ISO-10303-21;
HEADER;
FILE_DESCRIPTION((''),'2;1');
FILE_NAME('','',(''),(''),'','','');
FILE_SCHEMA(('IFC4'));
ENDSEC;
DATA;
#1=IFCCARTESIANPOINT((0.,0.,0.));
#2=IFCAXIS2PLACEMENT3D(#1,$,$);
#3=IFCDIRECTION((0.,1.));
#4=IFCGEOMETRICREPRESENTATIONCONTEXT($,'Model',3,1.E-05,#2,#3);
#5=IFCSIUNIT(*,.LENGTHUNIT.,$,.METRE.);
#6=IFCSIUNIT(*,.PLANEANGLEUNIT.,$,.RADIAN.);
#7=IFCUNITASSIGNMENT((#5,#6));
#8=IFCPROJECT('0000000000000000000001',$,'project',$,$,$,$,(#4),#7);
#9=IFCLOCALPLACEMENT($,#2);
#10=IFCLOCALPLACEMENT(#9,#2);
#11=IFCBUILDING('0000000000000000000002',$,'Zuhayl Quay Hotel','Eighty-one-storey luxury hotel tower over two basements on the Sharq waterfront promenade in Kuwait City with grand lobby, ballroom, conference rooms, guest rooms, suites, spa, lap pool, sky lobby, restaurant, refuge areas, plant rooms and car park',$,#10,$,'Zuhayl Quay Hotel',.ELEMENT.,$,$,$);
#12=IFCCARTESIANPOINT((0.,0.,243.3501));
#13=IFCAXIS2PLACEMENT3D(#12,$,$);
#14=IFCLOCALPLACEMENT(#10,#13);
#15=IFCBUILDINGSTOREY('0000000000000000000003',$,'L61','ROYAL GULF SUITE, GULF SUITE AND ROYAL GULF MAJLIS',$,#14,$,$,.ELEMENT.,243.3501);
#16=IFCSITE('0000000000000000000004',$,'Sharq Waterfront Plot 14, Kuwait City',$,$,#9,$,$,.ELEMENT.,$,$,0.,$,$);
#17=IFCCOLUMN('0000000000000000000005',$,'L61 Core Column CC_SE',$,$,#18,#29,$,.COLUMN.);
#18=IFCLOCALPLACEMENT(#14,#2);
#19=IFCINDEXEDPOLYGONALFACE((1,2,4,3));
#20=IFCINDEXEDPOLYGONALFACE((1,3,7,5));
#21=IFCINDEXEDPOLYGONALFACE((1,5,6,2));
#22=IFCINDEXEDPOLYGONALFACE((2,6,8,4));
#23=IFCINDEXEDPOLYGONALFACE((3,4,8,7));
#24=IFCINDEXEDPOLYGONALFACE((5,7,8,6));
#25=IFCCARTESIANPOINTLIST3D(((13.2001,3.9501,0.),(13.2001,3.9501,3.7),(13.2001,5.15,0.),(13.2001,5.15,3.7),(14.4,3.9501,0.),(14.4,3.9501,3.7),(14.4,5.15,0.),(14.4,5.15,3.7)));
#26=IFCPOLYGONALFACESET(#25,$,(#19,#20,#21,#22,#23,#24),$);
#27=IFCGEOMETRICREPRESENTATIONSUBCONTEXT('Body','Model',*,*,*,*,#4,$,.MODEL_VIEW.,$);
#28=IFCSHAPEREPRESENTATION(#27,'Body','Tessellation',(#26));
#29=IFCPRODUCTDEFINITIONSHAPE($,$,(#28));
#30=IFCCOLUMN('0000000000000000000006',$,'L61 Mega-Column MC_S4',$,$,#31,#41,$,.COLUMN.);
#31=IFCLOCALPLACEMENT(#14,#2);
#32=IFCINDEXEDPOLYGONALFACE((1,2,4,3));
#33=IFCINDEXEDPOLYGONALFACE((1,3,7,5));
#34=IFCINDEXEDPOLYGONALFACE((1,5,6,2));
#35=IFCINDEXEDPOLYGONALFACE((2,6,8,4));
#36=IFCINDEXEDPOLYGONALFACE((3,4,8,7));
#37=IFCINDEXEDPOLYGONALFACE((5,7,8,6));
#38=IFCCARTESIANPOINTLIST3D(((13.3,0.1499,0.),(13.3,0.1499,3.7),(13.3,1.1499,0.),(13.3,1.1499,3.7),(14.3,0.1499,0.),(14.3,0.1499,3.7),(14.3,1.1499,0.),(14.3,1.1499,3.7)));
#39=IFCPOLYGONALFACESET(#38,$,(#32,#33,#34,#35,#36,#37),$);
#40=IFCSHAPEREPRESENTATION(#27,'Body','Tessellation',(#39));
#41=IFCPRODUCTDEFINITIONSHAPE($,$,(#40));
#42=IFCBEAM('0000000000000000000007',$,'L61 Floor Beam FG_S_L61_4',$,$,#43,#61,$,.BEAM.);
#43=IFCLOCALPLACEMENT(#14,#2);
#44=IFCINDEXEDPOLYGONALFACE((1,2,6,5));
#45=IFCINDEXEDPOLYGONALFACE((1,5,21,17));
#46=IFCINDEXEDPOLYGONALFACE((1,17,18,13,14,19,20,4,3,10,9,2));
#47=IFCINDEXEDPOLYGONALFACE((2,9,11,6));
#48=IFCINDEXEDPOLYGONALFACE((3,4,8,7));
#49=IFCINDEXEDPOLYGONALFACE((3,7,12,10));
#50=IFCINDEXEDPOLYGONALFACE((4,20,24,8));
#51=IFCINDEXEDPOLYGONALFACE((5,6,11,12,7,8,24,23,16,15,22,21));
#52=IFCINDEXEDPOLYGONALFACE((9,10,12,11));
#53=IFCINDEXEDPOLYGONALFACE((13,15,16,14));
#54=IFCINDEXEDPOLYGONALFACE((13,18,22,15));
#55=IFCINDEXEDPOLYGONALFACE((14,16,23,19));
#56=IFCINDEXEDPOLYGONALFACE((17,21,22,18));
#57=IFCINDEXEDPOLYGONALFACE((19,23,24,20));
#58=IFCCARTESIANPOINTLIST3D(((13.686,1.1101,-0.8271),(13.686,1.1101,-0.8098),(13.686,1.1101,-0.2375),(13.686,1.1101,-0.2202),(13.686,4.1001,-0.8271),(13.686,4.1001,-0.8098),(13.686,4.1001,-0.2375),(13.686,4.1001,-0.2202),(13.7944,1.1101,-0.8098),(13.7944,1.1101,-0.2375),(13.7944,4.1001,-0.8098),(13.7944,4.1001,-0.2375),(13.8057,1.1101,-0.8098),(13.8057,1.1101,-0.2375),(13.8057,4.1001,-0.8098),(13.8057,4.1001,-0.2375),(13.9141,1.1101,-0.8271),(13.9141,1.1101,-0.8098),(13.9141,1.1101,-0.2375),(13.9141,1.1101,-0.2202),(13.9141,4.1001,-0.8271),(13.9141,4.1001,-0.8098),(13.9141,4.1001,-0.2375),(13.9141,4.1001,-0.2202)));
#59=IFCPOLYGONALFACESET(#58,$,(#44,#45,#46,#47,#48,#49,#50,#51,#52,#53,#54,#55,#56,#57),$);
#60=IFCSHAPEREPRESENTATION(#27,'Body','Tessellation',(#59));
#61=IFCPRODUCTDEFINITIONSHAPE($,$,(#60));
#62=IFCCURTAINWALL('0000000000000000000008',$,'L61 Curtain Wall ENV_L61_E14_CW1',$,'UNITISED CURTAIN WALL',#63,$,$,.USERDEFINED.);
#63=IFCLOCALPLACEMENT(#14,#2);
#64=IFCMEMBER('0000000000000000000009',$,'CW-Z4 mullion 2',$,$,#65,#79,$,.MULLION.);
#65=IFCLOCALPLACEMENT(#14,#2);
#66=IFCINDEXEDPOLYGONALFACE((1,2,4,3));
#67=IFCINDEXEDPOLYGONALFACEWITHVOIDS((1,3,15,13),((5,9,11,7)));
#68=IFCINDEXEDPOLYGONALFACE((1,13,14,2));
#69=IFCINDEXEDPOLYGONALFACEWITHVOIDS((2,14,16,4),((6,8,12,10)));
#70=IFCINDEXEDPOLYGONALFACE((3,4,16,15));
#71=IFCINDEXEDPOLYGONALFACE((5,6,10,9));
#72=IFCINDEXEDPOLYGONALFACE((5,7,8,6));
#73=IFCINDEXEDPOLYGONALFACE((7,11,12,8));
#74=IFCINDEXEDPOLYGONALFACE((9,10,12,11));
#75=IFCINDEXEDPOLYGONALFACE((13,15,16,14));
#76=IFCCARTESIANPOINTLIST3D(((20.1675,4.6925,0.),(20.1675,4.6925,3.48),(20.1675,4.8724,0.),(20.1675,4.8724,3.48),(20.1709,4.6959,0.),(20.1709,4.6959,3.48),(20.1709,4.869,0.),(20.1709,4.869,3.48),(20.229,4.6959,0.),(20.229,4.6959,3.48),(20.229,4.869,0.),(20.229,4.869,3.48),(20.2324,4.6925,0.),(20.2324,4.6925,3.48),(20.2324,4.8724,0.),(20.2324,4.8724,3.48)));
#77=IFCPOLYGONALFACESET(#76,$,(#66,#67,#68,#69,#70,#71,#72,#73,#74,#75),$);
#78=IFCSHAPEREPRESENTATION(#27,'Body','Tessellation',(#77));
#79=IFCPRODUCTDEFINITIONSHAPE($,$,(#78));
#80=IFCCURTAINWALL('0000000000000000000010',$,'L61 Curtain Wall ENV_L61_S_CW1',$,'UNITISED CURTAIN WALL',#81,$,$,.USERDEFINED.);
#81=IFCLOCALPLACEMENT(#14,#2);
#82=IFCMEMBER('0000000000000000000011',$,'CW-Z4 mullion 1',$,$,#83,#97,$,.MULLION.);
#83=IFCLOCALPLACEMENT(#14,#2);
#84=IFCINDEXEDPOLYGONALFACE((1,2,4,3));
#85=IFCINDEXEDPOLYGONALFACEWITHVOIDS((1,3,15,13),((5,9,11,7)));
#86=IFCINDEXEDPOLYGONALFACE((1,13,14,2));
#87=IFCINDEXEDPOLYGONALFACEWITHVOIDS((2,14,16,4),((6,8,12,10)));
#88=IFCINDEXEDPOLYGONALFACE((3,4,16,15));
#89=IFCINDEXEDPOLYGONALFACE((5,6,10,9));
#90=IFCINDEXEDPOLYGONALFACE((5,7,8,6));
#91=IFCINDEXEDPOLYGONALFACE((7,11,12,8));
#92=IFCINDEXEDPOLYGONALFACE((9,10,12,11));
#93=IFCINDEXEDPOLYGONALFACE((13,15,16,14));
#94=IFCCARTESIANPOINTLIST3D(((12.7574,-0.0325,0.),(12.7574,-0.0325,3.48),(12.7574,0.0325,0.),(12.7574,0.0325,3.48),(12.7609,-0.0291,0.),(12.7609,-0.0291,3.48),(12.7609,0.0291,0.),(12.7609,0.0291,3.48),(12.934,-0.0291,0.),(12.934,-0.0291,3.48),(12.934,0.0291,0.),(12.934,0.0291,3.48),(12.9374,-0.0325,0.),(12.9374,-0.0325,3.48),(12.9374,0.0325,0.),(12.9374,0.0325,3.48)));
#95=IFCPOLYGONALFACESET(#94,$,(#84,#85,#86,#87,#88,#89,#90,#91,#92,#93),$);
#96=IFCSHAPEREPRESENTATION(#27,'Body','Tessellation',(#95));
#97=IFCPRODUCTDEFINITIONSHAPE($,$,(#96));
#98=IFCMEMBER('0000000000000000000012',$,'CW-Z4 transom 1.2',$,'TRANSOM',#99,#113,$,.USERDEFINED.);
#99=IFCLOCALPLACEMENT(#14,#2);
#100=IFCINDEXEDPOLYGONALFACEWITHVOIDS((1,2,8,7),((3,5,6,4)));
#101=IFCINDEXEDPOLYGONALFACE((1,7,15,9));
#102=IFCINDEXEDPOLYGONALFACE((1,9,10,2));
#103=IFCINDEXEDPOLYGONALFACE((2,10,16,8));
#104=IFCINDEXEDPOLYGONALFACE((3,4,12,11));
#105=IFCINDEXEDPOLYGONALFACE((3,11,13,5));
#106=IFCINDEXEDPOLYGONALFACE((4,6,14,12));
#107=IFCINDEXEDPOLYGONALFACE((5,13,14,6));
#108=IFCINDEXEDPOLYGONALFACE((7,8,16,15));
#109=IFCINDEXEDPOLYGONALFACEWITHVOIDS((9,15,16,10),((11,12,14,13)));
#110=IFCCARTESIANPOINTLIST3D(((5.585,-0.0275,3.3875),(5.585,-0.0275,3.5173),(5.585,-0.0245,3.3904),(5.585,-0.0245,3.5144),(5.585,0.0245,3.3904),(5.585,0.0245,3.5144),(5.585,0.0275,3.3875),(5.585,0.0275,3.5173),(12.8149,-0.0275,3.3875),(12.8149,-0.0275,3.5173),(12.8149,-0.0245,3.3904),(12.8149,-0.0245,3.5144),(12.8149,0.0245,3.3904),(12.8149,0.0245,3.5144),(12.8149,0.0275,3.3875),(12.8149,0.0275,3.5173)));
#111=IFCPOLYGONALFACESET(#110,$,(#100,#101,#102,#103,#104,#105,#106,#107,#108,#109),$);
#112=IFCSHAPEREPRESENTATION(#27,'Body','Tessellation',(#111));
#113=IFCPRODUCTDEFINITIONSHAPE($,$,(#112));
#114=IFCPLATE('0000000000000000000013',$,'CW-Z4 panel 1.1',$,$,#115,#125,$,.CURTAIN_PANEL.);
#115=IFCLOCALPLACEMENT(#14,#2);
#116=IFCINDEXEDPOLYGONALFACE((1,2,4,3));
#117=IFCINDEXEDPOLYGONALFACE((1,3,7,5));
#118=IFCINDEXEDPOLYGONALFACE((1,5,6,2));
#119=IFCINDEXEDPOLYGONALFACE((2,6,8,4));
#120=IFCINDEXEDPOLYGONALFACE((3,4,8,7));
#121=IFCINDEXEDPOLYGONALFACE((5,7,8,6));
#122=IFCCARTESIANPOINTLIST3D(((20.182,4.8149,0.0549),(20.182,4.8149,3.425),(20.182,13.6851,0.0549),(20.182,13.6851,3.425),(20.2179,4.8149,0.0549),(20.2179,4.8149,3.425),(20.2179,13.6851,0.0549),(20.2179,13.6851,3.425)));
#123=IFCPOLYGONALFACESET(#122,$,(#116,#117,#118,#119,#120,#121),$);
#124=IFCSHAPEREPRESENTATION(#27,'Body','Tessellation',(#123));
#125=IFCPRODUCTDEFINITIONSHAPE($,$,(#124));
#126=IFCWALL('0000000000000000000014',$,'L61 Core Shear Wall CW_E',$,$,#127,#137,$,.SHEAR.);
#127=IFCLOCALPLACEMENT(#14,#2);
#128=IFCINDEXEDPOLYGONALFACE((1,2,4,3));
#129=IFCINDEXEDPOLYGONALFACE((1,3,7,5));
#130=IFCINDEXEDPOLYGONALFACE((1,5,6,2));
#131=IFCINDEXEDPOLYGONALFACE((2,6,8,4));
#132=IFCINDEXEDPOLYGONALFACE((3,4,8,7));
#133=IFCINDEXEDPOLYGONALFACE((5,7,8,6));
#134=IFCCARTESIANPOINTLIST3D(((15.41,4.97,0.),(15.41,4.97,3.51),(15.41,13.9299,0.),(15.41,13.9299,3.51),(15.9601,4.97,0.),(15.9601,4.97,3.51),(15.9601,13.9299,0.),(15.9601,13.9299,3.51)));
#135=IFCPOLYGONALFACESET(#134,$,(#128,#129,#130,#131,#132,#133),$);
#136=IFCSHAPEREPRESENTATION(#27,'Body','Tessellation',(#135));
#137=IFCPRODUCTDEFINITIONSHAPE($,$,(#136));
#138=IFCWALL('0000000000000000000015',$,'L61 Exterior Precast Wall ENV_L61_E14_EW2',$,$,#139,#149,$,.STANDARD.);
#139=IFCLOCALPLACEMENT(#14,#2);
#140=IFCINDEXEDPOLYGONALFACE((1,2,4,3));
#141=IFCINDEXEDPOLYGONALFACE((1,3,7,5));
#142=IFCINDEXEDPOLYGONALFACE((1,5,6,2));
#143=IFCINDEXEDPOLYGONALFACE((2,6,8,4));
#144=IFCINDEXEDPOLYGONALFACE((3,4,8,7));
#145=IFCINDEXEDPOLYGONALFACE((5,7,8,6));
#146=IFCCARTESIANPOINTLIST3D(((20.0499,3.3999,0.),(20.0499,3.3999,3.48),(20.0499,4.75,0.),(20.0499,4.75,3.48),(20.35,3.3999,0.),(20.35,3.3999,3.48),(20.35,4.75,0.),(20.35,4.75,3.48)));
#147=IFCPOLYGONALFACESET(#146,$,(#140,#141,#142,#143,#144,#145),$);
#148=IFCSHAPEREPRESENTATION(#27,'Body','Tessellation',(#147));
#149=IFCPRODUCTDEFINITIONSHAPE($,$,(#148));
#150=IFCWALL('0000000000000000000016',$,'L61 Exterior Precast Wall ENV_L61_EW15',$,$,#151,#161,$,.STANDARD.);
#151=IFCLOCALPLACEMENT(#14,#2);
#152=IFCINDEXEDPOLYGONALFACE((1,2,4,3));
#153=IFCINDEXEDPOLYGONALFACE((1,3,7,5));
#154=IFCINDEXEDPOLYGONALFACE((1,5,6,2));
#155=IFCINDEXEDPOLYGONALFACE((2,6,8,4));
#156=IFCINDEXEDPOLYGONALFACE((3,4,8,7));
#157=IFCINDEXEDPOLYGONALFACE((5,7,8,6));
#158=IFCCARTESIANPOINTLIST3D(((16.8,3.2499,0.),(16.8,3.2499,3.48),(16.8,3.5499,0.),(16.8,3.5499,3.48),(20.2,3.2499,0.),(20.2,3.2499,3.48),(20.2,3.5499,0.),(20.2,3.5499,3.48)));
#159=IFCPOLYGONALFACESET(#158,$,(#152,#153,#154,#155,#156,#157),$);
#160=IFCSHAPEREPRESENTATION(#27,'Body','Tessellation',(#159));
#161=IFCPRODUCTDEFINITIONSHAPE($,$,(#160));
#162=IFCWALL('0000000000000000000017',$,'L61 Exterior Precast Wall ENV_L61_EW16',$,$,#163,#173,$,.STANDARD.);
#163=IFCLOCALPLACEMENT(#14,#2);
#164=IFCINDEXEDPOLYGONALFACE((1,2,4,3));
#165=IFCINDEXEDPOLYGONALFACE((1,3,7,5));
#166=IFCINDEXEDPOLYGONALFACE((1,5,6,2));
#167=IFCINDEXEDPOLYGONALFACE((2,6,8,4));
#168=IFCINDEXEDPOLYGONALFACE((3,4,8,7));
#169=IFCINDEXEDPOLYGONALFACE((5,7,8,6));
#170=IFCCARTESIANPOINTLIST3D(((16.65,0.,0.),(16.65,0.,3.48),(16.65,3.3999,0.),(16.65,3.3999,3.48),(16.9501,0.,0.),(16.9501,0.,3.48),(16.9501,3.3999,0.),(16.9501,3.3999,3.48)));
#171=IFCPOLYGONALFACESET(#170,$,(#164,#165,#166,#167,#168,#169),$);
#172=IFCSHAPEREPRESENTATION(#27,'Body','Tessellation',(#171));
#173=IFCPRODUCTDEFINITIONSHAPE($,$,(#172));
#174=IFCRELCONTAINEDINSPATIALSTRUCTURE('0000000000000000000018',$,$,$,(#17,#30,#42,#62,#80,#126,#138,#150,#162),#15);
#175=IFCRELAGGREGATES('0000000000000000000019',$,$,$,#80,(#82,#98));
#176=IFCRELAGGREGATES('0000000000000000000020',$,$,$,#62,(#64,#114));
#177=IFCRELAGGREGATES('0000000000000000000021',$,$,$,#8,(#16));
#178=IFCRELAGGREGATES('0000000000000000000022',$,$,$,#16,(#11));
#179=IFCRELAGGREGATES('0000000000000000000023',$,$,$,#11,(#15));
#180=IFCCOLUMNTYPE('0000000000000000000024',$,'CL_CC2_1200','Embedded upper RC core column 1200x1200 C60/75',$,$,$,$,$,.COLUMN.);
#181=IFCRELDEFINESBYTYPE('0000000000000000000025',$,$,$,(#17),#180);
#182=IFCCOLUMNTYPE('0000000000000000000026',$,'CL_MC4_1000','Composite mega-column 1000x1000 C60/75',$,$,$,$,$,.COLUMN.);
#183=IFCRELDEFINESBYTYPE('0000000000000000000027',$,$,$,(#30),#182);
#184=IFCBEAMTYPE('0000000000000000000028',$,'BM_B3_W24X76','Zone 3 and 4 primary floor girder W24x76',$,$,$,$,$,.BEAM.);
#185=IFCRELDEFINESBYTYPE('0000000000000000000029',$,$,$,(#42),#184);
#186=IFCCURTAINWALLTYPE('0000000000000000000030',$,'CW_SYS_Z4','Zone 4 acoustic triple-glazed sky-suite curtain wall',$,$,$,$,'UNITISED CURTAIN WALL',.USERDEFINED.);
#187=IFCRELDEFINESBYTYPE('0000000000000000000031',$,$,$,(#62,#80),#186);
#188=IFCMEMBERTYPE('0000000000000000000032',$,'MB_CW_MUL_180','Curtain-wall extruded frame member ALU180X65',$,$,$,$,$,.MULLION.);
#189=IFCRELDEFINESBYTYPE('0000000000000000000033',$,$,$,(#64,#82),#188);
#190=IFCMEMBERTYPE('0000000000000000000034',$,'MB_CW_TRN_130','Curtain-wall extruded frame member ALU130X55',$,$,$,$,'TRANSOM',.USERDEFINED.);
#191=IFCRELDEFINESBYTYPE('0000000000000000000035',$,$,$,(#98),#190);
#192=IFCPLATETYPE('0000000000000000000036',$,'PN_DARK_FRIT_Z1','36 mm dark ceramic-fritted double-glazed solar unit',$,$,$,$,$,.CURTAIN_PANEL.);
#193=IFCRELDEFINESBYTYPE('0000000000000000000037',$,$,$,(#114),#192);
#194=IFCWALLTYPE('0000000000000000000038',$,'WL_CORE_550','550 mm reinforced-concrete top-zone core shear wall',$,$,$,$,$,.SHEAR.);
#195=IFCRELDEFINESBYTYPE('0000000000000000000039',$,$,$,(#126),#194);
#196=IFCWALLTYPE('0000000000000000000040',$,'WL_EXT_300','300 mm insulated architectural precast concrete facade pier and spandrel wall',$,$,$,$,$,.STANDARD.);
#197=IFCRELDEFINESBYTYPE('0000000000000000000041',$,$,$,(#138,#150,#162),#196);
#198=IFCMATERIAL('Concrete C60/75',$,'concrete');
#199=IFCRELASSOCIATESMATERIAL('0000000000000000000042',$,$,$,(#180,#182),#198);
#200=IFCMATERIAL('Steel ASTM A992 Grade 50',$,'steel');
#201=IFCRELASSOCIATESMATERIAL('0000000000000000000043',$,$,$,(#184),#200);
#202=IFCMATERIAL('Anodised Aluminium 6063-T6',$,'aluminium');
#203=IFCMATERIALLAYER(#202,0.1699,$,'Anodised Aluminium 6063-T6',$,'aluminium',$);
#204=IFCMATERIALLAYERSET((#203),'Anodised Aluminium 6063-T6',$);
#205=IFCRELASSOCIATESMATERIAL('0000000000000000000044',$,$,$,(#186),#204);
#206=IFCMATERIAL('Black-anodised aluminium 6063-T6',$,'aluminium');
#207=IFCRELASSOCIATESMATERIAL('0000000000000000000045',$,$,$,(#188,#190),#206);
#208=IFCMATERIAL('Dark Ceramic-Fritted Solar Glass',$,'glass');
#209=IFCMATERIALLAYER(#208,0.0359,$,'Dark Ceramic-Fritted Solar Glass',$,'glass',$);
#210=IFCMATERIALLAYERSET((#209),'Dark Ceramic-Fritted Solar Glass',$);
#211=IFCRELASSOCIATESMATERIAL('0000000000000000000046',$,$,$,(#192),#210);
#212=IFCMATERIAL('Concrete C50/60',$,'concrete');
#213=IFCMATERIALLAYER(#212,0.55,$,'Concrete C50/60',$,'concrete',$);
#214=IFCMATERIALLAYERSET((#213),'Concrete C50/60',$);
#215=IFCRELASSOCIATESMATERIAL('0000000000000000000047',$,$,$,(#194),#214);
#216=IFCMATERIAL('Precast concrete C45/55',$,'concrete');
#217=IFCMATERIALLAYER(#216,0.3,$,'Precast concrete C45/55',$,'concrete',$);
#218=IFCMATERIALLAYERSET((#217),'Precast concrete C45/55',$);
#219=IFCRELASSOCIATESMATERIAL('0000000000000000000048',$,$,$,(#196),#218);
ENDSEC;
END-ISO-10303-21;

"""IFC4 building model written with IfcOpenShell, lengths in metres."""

from ifc_helpers import new_model, si_unit, direction, frame, frame_2d, origin, origin_2d, place, context, subcontext, project, spatial, rectangle, hollow_rectangle, i_section, extrude, material, layer, layer_set, material_profile, profile_set, type_object, element, aggregate, save


model = new_model("IFC4")

# Units and contexts
model_context = context("Model", 3, precision=1e-05, world=origin(), true_north=direction((0.0, 1.0)))
body_context = subcontext(model_context, "Body", "Model", "MODEL_VIEW")
ifc_project = project(units=[si_unit("LENGTHUNIT", "METRE"), si_unit("PLANEANGLEUNIT", "RADIAN")], contexts=[model_context])

# Site, building, storey
site_placement = place(None, origin())
site = spatial("IfcSite", under=ifc_project, at=site_placement, Name="Sharq Waterfront Plot 14, Kuwait City", CompositionType="ELEMENT", RefElevation=0.0)
building_placement = place(site_placement, origin())
building = spatial("IfcBuilding", under=site, at=building_placement, Name="Zuhayl Quay Hotel", Description="Eighty-one-storey luxury hotel tower over two basements on the Sharq waterfront promenade in Kuwait City with grand lobby, ballroom, conference rooms, guest rooms, suites, spa, lap pool, sky lobby, restaurant, refuge areas, plant rooms and car park", LongName="Zuhayl Quay Hotel", CompositionType="ELEMENT")
storey_placement = place(building_placement, frame((0.0, 0.0, 243.3501)))
storey = spatial("IfcBuildingStorey", under=building, at=storey_placement, Name="L61", Description="ROYAL GULF SUITE, GULF SUITE AND ROYAL GULF MAJLIS", CompositionType="ELEMENT", Elevation=243.3501)

# Columns
ifc_material_1 = material(Name="Concrete C60/75", Category="concrete")
ifc_material_profile_1 = material_profile(ifc_material_1, rectangle(XDim=1.2, YDim=1.2, at=origin_2d()), Name="RC1200X1200")
ifc_profile_set_1 = profile_set([ifc_material_profile_1], Name="Concrete C60/75")
column_type_1 = type_object("IfcColumnType", Name="CL_CC2_1200", Description="Embedded upper RC core column 1200x1200 C60/75", PredefinedType="COLUMN", material=ifc_profile_set_1)
column_1_placement = place(storey_placement, frame((13.8, 4.55, 0.0), z_axis=(0.0, 0.0, 1.0), x_axis=(1.0, 0.0, 0.0)))
element("IfcColumn", 1, at=column_1_placement, inside=storey, type_object=column_type_1, Name="L61 Core Column CC_SE", PredefinedType="COLUMN", context=body_context, shape_type="SweptSolid", body=[
    extrude(rectangle(XDim=1.2, YDim=1.2, at=origin_2d()), origin(), (0.0, 0.0, 1.0), 3.7),
])
ifc_material_profile_2 = material_profile(ifc_material_1, rectangle(XDim=1.0, YDim=1.0, at=origin_2d()), Name="RC1000X1000")
ifc_profile_set_2 = profile_set([ifc_material_profile_2], Name="Concrete C60/75")
column_type_2 = type_object("IfcColumnType", Name="CL_MC4_1000", Description="Composite mega-column 1000x1000 C60/75", PredefinedType="COLUMN", material=ifc_profile_set_2)
column_2_placement = place(storey_placement, frame((13.8, 0.6499, 0.0), z_axis=(0.0, 0.0, 1.0), x_axis=(1.0, 0.0, 0.0)))
element("IfcColumn", 2, at=column_2_placement, inside=storey, type_object=column_type_2, Name="L61 Mega-Column MC_S4", PredefinedType="COLUMN", context=body_context, shape_type="SweptSolid", body=[
    extrude(rectangle(XDim=1.0, YDim=1.0, at=origin_2d()), origin(), (0.0, 0.0, 1.0), 3.7),
])

# Beam
ifc_material_2 = material(Name="Steel ASTM A992 Grade 50", Category="steel")
ifc_material_profile_3 = material_profile(ifc_material_2, i_section(OverallWidth=0.228, OverallDepth=0.6069, WebThickness=0.0112, FlangeThickness=0.0173, at=origin_2d()), Name="W24X76")
ifc_profile_set_3 = profile_set([ifc_material_profile_3], Name="Steel ASTM A992 Grade 50")
beam_type = type_object("IfcBeamType", Name="BM_B3_W24X76", Description="Zone 3 and 4 primary floor girder W24x76", PredefinedType="BEAM", material=ifc_profile_set_3)
beam_placement = place(storey_placement, frame((13.8, 1.1101, -0.5237), z_axis=(0.0, 1.0, 0.0), x_axis=(-1.0, 0.0, 0.0)))
element("IfcBeam", 3, at=beam_placement, inside=storey, type_object=beam_type, Name="L61 Floor Beam FG_S_L61_4", PredefinedType="BEAM", context=body_context, shape_type="SweptSolid", body=[
    extrude(i_section(OverallWidth=0.228, OverallDepth=0.6069, WebThickness=0.0112, FlangeThickness=0.0173, at=origin_2d()), origin(), (0.0, 0.0, 1.0), 2.99),
])

# Curtain wall, member
ifc_material_3 = material(Name="Anodised Aluminium 6063-T6", Category="aluminium")
ifc_layer_1 = layer(ifc_material_3, 0.1699, Name="Anodised Aluminium 6063-T6", Category="aluminium")
ifc_layer_set_1 = layer_set([ifc_layer_1], Name="Anodised Aluminium 6063-T6")
curtain_wall_type = type_object("IfcCurtainWallType", Name="CW_SYS_Z4", Description="Zone 4 acoustic triple-glazed sky-suite curtain wall", ElementType="UNITISED CURTAIN WALL", PredefinedType="USERDEFINED", material=ifc_layer_set_1)
curtain_wall_1_placement = place(storey_placement, origin())
curtain_wall_1 = element("IfcCurtainWall", 4, at=curtain_wall_1_placement, inside=storey, type_object=curtain_wall_type, Name="L61 Curtain Wall ENV_L61_E14_CW1", ObjectType="UNITISED CURTAIN WALL", PredefinedType="USERDEFINED")
ifc_material_4 = material(Name="Black-anodised aluminium 6063-T6", Category="aluminium")
ifc_material_profile_4 = material_profile(ifc_material_4, hollow_rectangle(XDim=0.0649, YDim=0.1799, WallThickness=0.0034, at=origin_2d()), Name="ALU180X65")
ifc_profile_set_4 = profile_set([ifc_material_profile_4], Name="Black-anodised aluminium 6063-T6")
member_type_1 = type_object("IfcMemberType", Name="MB_CW_MUL_180", Description="Curtain-wall extruded frame member ALU180X65", PredefinedType="MULLION", material=ifc_profile_set_4)
member_1_placement = place(storey_placement, frame((20.2, 4.7825, 0.0), z_axis=(0.0, 0.0, 1.0), x_axis=(1.0, 0.0, 0.0)))
member_1 = element("IfcMember", 5, at=member_1_placement, type_object=member_type_1, Name="CW-Z4 mullion 2", PredefinedType="MULLION", context=body_context, shape_type="SweptSolid", body=[
    extrude(hollow_rectangle(XDim=0.0649, YDim=0.1799, WallThickness=0.0034, at=origin_2d()), origin(), (0.0, 0.0, 1.0), 3.48),
])

# Curtain wall, members
curtain_wall_2_placement = place(storey_placement, origin())
curtain_wall_2 = element("IfcCurtainWall", 6, at=curtain_wall_2_placement, inside=storey, type_object=curtain_wall_type, Name="L61 Curtain Wall ENV_L61_S_CW1", ObjectType="UNITISED CURTAIN WALL", PredefinedType="USERDEFINED")
member_2_placement = place(storey_placement, frame((12.8474, 0.0, 0.0), z_axis=(0.0, 0.0, 1.0), x_axis=(0.0, -1.0, 0.0)))
member_2 = element("IfcMember", 7, at=member_2_placement, type_object=member_type_1, Name="CW-Z4 mullion 1", PredefinedType="MULLION", context=body_context, shape_type="SweptSolid", body=[
    extrude(hollow_rectangle(XDim=0.0649, YDim=0.1799, WallThickness=0.0034, at=origin_2d()), origin(), (0.0, 0.0, 1.0), 3.48),
])
ifc_material_profile_5 = material_profile(ifc_material_4, hollow_rectangle(XDim=0.0549, YDim=0.1299, WallThickness=0.0029, at=origin_2d()), Name="ALU130X55")
ifc_profile_set_5 = profile_set([ifc_material_profile_5], Name="Black-anodised aluminium 6063-T6")
member_type_2 = type_object("IfcMemberType", Name="MB_CW_TRN_130", Description="Curtain-wall extruded frame member ALU130X55", ElementType="TRANSOM", PredefinedType="USERDEFINED", material=ifc_profile_set_5)
member_3_placement = place(storey_placement, frame((12.8149, 0.0, 3.4524), z_axis=(-1.0, 0.0, 0.0), x_axis=(0.0, -1.0, 0.0)))
member_3 = element("IfcMember", 8, at=member_3_placement, type_object=member_type_2, Name="CW-Z4 transom 1.2", ObjectType="TRANSOM", PredefinedType="USERDEFINED", context=body_context, shape_type="SweptSolid", body=[
    extrude(hollow_rectangle(XDim=0.0549, YDim=0.1299, WallThickness=0.0029, at=origin_2d()), origin(), (0.0, 0.0, 1.0), 7.23),
])
aggregate(curtain_wall_2, [member_2, member_3])

# Plate
ifc_material_5 = material(Name="Dark Ceramic-Fritted Solar Glass", Category="glass")
ifc_layer_2 = layer(ifc_material_5, 0.0359, Name="Dark Ceramic-Fritted Solar Glass", Category="glass")
ifc_layer_set_2 = layer_set([ifc_layer_2], Name="Dark Ceramic-Fritted Solar Glass")
plate_type = type_object("IfcPlateType", Name="PN_DARK_FRIT_Z1", Description="36 mm dark ceramic-fritted double-glazed solar unit", PredefinedType="CURTAIN_PANEL", material=ifc_layer_set_2)
plate_placement = place(storey_placement, frame((20.2, 9.25, 0.0549), z_axis=(0.0, 0.0, 1.0), x_axis=(0.0, -1.0, 0.0)))
plate = element("IfcPlate", 9, at=plate_placement, type_object=plate_type, Name="CW-Z4 panel 1.1", PredefinedType="CURTAIN_PANEL", context=body_context, shape_type="SweptSolid", body=[
    extrude(rectangle(XDim=8.8701, YDim=0.0359, at=origin_2d()), origin(), (0.0, 0.0, 1.0), 3.3701),
])
aggregate(curtain_wall_1, [member_1, plate])

# Walls
ifc_material_6 = material(Name="Concrete C50/60", Category="concrete")
ifc_layer_3 = layer(ifc_material_6, 0.55, Name="Concrete C50/60", Category="concrete")
ifc_layer_set_3 = layer_set([ifc_layer_3], Name="Concrete C50/60")
wall_type_1 = type_object("IfcWallType", Name="WL_CORE_550", Description="550 mm reinforced-concrete top-zone core shear wall", PredefinedType="SHEAR", material=ifc_layer_set_3)
wall_1_placement = place(storey_placement, frame((15.6851, 4.97, 0.0), z_axis=(0.0, 0.0, 1.0), x_axis=(0.0, 1.0, 0.0)))
element("IfcWall", 10, at=wall_1_placement, inside=storey, type_object=wall_type_1, Name="L61 Core Shear Wall CW_E", PredefinedType="SHEAR", context=body_context, shape_type="SweptSolid", body=[
    extrude(rectangle(XDim=8.96, YDim=0.55, at=frame_2d((4.48, 0.0))), origin(), (0.0, 0.0, 1.0), 3.51),
])
ifc_material_7 = material(Name="Precast concrete C45/55", Category="concrete")
ifc_layer_4 = layer(ifc_material_7, 0.3, Name="Precast concrete C45/55", Category="concrete")
ifc_layer_set_4 = layer_set([ifc_layer_4], Name="Precast concrete C45/55")
wall_type_2 = type_object("IfcWallType", Name="WL_EXT_300", Description="300 mm insulated architectural precast concrete facade pier and spandrel wall", PredefinedType="STANDARD", material=ifc_layer_set_4)
wall_2_placement = place(storey_placement, frame((20.2, 4.75, 0.0), z_axis=(0.0, 0.0, 1.0), x_axis=(0.0, -1.0, 0.0)))
element("IfcWall", 11, at=wall_2_placement, inside=storey, type_object=wall_type_2, Name="L61 Exterior Precast Wall ENV_L61_E14_EW2", PredefinedType="STANDARD", context=body_context, shape_type="SweptSolid", body=[
    extrude(rectangle(XDim=1.3501, YDim=0.3, at=frame_2d((0.675, 0.0))), origin(), (0.0, 0.0, 1.0), 3.48),
])
for number, where, z_axis, x_axis, name in (
    (12, (20.2, 3.3999, 0.0), (0.0, 0.0, 1.0), (-1.0, 0.0, 0.0), "L61 Exterior Precast Wall ENV_L61_EW15"),
    (13, (16.8, 3.3999, 0.0), (0.0, 0.0, 1.0), (0.0, -1.0, 0.0), "L61 Exterior Precast Wall ENV_L61_EW16"),
):
    element("IfcWall", number, at=place(storey_placement, frame(where, z_axis=z_axis, x_axis=x_axis)), inside=storey, type_object=wall_type_2, Name=name, PredefinedType="STANDARD", context=body_context, shape_type="SweptSolid", body=[
        extrude(rectangle(XDim=3.3999, YDim=0.3, at=frame_2d((1.7, 0.0))), origin(), (0.0, 0.0, 1.0), 3.48),
    ])

save(model, "model.ifc")
